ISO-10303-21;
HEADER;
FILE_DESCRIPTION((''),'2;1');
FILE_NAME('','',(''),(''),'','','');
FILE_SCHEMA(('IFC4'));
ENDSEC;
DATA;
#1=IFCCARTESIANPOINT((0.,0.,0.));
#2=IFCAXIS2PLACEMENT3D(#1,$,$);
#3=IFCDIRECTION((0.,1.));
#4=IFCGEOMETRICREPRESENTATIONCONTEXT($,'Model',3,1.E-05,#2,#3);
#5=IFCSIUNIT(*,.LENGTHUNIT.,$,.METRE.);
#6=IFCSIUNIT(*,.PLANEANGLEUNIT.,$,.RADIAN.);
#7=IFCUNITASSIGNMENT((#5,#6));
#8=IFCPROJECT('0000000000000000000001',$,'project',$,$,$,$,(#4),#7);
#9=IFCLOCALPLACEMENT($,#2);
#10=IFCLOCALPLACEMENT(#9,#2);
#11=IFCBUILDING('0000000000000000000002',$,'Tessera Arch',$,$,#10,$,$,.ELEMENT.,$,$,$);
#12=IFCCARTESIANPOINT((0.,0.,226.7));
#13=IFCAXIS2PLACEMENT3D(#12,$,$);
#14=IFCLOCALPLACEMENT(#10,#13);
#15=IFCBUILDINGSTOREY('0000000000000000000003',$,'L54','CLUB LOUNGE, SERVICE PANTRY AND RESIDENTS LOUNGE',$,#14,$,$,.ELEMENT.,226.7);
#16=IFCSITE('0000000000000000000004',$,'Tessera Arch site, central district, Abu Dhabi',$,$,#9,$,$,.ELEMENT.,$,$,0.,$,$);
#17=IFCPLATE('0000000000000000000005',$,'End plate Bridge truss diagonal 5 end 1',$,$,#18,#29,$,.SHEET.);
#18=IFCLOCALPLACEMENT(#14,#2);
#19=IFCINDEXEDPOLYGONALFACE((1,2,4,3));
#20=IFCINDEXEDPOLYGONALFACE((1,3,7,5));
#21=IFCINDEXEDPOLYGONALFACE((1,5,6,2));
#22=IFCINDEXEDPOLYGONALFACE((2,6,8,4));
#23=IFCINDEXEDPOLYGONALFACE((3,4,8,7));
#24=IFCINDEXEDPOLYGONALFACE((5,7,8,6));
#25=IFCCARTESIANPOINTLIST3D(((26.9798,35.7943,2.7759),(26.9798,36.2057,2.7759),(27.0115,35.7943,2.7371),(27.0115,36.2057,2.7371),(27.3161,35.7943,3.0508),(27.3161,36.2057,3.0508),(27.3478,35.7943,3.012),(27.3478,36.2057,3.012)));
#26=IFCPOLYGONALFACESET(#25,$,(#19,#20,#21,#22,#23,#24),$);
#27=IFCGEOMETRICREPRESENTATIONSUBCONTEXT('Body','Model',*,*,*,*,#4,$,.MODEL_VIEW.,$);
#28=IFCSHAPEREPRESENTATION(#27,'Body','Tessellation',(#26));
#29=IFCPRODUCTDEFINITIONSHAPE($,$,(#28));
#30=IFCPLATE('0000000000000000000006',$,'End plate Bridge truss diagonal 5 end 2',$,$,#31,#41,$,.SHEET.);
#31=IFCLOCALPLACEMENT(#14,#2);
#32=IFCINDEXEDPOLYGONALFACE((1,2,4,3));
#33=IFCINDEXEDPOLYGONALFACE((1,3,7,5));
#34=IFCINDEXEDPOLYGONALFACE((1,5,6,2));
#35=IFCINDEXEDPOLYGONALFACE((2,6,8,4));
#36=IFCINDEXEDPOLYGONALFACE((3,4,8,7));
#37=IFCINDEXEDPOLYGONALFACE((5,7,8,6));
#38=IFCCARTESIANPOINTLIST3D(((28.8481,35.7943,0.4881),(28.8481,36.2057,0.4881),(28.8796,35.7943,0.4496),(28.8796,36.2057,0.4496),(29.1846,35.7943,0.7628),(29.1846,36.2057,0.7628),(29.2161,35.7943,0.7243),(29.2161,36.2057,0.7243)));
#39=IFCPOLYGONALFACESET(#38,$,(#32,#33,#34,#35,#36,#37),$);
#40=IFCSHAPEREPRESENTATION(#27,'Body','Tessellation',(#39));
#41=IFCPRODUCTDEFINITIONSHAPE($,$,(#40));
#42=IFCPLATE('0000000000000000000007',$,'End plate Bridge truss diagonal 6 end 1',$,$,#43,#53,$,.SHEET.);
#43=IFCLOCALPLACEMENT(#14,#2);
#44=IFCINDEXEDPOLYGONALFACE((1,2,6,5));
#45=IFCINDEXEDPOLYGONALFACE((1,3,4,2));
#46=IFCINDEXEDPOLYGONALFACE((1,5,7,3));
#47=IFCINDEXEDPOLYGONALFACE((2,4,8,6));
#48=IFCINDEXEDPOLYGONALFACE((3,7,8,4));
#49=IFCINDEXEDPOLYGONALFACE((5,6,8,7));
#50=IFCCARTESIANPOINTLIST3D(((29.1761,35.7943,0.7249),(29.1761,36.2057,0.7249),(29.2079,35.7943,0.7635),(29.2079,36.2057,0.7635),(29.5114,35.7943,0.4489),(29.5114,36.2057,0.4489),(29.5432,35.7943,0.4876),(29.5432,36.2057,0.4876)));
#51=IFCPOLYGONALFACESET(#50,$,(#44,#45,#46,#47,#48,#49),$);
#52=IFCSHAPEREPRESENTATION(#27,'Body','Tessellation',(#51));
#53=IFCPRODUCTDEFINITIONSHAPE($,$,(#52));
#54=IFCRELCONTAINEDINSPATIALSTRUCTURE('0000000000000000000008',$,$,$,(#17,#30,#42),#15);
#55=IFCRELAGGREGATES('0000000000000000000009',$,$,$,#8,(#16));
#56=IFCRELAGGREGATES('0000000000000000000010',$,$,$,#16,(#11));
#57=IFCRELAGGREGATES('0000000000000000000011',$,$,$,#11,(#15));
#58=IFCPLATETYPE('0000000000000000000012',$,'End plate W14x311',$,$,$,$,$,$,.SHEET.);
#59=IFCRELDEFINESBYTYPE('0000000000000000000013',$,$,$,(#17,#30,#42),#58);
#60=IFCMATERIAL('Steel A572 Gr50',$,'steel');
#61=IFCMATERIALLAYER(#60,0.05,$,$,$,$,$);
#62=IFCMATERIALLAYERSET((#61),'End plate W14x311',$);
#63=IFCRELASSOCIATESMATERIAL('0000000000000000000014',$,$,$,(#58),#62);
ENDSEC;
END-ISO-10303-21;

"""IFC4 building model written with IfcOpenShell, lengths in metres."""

from ifc_helpers import new_model, si_unit, direction, frame, origin, origin_2d, place, context, subcontext, project, spatial, rectangle, extrude, material, layer, layer_set, type_object, element, save


model = new_model("IFC4")

# Units and contexts
model_context = context("Model", 3, precision=1e-05, world=origin(), true_north=direction((0.0, 1.0)))
body_context = subcontext(model_context, "Body", "Model", "MODEL_VIEW")
ifc_project = project(units=[si_unit("LENGTHUNIT", "METRE"), si_unit("PLANEANGLEUNIT", "RADIAN")], contexts=[model_context])

# Site, building, storey
site_placement = place(None, origin())
site = spatial("IfcSite", under=ifc_project, at=site_placement, Name="Tessera Arch site, central district, Abu Dhabi", CompositionType="ELEMENT", RefElevation=0.0)
building_placement = place(site_placement, origin())
building = spatial("IfcBuilding", under=site, at=building_placement, Name="Tessera Arch", CompositionType="ELEMENT")
storey_placement = place(building_placement, frame((0.0, 0.0, 226.7)))
storey = spatial("IfcBuildingStorey", under=building, at=storey_placement, Name="L54", Description="CLUB LOUNGE, SERVICE PANTRY AND RESIDENTS LOUNGE", CompositionType="ELEMENT", Elevation=226.7)

# Plates
ifc_material_1 = material(Name="Steel A572 Gr50", Category="steel")
ifc_layer_1 = layer(ifc_material_1, 0.05)
ifc_layer_set_1 = layer_set([ifc_layer_1], Name="End plate W14x311")
plate_type_1 = type_object("IfcPlateType", Name="End plate W14x311", PredefinedType="SHEET", material=ifc_layer_set_1)
for number, where, z_axis, x_axis, name in (
    (1, (27.1479, 36.0, 2.9133), (0.632973, 0.0, -0.774174), (0.0, 1.0, 0.0), "End plate Bridge truss diagonal 5 end 1"),
):
    element("IfcPlate", number, at=place(storey_placement, frame(where, z_axis=z_axis, x_axis=x_axis)), inside=storey, type_object=plate_type_1, Name=name, PredefinedType="SHEET", context=body_context, shape_type="SweptSolid", body=[
        extrude(rectangle(XDim=0.4114, YDim=0.4343, at=origin_2d()), origin(), (0.0, 0.0, 1.0), 0.05),
    ])
plate_1_placement = place(storey_placement, frame((29.0164, 36.0, 0.6255), z_axis=(0.632437, 0.0, -0.774612), x_axis=(0.0, 1.0, 0.0)))
element("IfcPlate", 2, at=plate_1_placement, inside=storey, type_object=plate_type_1, Name="End plate Bridge truss diagonal 5 end 2", PredefinedType="SHEET", context=body_context, shape_type="SweptSolid", body=[
    extrude(rectangle(XDim=0.4114, YDim=0.4343, at=origin_2d()), origin(), (0.0, 0.0, 1.0), 0.0498),
])
plate_2_placement = place(storey_placement, frame((29.3438, 36.0, 0.5869), z_axis=(0.635365, 0.0, 0.772212), x_axis=(0.0, 1.0, 0.0)))
element("IfcPlate", 3, at=plate_2_placement, inside=storey, type_object=plate_type_1, Name="End plate Bridge truss diagonal 6 end 1", PredefinedType="SHEET", context=body_context, shape_type="SweptSolid", body=[
    extrude(rectangle(XDim=0.4114, YDim=0.4343, at=origin_2d()), origin(), (0.0, 0.0, 1.0), 0.05),
])

save(model, "model.ifc")
